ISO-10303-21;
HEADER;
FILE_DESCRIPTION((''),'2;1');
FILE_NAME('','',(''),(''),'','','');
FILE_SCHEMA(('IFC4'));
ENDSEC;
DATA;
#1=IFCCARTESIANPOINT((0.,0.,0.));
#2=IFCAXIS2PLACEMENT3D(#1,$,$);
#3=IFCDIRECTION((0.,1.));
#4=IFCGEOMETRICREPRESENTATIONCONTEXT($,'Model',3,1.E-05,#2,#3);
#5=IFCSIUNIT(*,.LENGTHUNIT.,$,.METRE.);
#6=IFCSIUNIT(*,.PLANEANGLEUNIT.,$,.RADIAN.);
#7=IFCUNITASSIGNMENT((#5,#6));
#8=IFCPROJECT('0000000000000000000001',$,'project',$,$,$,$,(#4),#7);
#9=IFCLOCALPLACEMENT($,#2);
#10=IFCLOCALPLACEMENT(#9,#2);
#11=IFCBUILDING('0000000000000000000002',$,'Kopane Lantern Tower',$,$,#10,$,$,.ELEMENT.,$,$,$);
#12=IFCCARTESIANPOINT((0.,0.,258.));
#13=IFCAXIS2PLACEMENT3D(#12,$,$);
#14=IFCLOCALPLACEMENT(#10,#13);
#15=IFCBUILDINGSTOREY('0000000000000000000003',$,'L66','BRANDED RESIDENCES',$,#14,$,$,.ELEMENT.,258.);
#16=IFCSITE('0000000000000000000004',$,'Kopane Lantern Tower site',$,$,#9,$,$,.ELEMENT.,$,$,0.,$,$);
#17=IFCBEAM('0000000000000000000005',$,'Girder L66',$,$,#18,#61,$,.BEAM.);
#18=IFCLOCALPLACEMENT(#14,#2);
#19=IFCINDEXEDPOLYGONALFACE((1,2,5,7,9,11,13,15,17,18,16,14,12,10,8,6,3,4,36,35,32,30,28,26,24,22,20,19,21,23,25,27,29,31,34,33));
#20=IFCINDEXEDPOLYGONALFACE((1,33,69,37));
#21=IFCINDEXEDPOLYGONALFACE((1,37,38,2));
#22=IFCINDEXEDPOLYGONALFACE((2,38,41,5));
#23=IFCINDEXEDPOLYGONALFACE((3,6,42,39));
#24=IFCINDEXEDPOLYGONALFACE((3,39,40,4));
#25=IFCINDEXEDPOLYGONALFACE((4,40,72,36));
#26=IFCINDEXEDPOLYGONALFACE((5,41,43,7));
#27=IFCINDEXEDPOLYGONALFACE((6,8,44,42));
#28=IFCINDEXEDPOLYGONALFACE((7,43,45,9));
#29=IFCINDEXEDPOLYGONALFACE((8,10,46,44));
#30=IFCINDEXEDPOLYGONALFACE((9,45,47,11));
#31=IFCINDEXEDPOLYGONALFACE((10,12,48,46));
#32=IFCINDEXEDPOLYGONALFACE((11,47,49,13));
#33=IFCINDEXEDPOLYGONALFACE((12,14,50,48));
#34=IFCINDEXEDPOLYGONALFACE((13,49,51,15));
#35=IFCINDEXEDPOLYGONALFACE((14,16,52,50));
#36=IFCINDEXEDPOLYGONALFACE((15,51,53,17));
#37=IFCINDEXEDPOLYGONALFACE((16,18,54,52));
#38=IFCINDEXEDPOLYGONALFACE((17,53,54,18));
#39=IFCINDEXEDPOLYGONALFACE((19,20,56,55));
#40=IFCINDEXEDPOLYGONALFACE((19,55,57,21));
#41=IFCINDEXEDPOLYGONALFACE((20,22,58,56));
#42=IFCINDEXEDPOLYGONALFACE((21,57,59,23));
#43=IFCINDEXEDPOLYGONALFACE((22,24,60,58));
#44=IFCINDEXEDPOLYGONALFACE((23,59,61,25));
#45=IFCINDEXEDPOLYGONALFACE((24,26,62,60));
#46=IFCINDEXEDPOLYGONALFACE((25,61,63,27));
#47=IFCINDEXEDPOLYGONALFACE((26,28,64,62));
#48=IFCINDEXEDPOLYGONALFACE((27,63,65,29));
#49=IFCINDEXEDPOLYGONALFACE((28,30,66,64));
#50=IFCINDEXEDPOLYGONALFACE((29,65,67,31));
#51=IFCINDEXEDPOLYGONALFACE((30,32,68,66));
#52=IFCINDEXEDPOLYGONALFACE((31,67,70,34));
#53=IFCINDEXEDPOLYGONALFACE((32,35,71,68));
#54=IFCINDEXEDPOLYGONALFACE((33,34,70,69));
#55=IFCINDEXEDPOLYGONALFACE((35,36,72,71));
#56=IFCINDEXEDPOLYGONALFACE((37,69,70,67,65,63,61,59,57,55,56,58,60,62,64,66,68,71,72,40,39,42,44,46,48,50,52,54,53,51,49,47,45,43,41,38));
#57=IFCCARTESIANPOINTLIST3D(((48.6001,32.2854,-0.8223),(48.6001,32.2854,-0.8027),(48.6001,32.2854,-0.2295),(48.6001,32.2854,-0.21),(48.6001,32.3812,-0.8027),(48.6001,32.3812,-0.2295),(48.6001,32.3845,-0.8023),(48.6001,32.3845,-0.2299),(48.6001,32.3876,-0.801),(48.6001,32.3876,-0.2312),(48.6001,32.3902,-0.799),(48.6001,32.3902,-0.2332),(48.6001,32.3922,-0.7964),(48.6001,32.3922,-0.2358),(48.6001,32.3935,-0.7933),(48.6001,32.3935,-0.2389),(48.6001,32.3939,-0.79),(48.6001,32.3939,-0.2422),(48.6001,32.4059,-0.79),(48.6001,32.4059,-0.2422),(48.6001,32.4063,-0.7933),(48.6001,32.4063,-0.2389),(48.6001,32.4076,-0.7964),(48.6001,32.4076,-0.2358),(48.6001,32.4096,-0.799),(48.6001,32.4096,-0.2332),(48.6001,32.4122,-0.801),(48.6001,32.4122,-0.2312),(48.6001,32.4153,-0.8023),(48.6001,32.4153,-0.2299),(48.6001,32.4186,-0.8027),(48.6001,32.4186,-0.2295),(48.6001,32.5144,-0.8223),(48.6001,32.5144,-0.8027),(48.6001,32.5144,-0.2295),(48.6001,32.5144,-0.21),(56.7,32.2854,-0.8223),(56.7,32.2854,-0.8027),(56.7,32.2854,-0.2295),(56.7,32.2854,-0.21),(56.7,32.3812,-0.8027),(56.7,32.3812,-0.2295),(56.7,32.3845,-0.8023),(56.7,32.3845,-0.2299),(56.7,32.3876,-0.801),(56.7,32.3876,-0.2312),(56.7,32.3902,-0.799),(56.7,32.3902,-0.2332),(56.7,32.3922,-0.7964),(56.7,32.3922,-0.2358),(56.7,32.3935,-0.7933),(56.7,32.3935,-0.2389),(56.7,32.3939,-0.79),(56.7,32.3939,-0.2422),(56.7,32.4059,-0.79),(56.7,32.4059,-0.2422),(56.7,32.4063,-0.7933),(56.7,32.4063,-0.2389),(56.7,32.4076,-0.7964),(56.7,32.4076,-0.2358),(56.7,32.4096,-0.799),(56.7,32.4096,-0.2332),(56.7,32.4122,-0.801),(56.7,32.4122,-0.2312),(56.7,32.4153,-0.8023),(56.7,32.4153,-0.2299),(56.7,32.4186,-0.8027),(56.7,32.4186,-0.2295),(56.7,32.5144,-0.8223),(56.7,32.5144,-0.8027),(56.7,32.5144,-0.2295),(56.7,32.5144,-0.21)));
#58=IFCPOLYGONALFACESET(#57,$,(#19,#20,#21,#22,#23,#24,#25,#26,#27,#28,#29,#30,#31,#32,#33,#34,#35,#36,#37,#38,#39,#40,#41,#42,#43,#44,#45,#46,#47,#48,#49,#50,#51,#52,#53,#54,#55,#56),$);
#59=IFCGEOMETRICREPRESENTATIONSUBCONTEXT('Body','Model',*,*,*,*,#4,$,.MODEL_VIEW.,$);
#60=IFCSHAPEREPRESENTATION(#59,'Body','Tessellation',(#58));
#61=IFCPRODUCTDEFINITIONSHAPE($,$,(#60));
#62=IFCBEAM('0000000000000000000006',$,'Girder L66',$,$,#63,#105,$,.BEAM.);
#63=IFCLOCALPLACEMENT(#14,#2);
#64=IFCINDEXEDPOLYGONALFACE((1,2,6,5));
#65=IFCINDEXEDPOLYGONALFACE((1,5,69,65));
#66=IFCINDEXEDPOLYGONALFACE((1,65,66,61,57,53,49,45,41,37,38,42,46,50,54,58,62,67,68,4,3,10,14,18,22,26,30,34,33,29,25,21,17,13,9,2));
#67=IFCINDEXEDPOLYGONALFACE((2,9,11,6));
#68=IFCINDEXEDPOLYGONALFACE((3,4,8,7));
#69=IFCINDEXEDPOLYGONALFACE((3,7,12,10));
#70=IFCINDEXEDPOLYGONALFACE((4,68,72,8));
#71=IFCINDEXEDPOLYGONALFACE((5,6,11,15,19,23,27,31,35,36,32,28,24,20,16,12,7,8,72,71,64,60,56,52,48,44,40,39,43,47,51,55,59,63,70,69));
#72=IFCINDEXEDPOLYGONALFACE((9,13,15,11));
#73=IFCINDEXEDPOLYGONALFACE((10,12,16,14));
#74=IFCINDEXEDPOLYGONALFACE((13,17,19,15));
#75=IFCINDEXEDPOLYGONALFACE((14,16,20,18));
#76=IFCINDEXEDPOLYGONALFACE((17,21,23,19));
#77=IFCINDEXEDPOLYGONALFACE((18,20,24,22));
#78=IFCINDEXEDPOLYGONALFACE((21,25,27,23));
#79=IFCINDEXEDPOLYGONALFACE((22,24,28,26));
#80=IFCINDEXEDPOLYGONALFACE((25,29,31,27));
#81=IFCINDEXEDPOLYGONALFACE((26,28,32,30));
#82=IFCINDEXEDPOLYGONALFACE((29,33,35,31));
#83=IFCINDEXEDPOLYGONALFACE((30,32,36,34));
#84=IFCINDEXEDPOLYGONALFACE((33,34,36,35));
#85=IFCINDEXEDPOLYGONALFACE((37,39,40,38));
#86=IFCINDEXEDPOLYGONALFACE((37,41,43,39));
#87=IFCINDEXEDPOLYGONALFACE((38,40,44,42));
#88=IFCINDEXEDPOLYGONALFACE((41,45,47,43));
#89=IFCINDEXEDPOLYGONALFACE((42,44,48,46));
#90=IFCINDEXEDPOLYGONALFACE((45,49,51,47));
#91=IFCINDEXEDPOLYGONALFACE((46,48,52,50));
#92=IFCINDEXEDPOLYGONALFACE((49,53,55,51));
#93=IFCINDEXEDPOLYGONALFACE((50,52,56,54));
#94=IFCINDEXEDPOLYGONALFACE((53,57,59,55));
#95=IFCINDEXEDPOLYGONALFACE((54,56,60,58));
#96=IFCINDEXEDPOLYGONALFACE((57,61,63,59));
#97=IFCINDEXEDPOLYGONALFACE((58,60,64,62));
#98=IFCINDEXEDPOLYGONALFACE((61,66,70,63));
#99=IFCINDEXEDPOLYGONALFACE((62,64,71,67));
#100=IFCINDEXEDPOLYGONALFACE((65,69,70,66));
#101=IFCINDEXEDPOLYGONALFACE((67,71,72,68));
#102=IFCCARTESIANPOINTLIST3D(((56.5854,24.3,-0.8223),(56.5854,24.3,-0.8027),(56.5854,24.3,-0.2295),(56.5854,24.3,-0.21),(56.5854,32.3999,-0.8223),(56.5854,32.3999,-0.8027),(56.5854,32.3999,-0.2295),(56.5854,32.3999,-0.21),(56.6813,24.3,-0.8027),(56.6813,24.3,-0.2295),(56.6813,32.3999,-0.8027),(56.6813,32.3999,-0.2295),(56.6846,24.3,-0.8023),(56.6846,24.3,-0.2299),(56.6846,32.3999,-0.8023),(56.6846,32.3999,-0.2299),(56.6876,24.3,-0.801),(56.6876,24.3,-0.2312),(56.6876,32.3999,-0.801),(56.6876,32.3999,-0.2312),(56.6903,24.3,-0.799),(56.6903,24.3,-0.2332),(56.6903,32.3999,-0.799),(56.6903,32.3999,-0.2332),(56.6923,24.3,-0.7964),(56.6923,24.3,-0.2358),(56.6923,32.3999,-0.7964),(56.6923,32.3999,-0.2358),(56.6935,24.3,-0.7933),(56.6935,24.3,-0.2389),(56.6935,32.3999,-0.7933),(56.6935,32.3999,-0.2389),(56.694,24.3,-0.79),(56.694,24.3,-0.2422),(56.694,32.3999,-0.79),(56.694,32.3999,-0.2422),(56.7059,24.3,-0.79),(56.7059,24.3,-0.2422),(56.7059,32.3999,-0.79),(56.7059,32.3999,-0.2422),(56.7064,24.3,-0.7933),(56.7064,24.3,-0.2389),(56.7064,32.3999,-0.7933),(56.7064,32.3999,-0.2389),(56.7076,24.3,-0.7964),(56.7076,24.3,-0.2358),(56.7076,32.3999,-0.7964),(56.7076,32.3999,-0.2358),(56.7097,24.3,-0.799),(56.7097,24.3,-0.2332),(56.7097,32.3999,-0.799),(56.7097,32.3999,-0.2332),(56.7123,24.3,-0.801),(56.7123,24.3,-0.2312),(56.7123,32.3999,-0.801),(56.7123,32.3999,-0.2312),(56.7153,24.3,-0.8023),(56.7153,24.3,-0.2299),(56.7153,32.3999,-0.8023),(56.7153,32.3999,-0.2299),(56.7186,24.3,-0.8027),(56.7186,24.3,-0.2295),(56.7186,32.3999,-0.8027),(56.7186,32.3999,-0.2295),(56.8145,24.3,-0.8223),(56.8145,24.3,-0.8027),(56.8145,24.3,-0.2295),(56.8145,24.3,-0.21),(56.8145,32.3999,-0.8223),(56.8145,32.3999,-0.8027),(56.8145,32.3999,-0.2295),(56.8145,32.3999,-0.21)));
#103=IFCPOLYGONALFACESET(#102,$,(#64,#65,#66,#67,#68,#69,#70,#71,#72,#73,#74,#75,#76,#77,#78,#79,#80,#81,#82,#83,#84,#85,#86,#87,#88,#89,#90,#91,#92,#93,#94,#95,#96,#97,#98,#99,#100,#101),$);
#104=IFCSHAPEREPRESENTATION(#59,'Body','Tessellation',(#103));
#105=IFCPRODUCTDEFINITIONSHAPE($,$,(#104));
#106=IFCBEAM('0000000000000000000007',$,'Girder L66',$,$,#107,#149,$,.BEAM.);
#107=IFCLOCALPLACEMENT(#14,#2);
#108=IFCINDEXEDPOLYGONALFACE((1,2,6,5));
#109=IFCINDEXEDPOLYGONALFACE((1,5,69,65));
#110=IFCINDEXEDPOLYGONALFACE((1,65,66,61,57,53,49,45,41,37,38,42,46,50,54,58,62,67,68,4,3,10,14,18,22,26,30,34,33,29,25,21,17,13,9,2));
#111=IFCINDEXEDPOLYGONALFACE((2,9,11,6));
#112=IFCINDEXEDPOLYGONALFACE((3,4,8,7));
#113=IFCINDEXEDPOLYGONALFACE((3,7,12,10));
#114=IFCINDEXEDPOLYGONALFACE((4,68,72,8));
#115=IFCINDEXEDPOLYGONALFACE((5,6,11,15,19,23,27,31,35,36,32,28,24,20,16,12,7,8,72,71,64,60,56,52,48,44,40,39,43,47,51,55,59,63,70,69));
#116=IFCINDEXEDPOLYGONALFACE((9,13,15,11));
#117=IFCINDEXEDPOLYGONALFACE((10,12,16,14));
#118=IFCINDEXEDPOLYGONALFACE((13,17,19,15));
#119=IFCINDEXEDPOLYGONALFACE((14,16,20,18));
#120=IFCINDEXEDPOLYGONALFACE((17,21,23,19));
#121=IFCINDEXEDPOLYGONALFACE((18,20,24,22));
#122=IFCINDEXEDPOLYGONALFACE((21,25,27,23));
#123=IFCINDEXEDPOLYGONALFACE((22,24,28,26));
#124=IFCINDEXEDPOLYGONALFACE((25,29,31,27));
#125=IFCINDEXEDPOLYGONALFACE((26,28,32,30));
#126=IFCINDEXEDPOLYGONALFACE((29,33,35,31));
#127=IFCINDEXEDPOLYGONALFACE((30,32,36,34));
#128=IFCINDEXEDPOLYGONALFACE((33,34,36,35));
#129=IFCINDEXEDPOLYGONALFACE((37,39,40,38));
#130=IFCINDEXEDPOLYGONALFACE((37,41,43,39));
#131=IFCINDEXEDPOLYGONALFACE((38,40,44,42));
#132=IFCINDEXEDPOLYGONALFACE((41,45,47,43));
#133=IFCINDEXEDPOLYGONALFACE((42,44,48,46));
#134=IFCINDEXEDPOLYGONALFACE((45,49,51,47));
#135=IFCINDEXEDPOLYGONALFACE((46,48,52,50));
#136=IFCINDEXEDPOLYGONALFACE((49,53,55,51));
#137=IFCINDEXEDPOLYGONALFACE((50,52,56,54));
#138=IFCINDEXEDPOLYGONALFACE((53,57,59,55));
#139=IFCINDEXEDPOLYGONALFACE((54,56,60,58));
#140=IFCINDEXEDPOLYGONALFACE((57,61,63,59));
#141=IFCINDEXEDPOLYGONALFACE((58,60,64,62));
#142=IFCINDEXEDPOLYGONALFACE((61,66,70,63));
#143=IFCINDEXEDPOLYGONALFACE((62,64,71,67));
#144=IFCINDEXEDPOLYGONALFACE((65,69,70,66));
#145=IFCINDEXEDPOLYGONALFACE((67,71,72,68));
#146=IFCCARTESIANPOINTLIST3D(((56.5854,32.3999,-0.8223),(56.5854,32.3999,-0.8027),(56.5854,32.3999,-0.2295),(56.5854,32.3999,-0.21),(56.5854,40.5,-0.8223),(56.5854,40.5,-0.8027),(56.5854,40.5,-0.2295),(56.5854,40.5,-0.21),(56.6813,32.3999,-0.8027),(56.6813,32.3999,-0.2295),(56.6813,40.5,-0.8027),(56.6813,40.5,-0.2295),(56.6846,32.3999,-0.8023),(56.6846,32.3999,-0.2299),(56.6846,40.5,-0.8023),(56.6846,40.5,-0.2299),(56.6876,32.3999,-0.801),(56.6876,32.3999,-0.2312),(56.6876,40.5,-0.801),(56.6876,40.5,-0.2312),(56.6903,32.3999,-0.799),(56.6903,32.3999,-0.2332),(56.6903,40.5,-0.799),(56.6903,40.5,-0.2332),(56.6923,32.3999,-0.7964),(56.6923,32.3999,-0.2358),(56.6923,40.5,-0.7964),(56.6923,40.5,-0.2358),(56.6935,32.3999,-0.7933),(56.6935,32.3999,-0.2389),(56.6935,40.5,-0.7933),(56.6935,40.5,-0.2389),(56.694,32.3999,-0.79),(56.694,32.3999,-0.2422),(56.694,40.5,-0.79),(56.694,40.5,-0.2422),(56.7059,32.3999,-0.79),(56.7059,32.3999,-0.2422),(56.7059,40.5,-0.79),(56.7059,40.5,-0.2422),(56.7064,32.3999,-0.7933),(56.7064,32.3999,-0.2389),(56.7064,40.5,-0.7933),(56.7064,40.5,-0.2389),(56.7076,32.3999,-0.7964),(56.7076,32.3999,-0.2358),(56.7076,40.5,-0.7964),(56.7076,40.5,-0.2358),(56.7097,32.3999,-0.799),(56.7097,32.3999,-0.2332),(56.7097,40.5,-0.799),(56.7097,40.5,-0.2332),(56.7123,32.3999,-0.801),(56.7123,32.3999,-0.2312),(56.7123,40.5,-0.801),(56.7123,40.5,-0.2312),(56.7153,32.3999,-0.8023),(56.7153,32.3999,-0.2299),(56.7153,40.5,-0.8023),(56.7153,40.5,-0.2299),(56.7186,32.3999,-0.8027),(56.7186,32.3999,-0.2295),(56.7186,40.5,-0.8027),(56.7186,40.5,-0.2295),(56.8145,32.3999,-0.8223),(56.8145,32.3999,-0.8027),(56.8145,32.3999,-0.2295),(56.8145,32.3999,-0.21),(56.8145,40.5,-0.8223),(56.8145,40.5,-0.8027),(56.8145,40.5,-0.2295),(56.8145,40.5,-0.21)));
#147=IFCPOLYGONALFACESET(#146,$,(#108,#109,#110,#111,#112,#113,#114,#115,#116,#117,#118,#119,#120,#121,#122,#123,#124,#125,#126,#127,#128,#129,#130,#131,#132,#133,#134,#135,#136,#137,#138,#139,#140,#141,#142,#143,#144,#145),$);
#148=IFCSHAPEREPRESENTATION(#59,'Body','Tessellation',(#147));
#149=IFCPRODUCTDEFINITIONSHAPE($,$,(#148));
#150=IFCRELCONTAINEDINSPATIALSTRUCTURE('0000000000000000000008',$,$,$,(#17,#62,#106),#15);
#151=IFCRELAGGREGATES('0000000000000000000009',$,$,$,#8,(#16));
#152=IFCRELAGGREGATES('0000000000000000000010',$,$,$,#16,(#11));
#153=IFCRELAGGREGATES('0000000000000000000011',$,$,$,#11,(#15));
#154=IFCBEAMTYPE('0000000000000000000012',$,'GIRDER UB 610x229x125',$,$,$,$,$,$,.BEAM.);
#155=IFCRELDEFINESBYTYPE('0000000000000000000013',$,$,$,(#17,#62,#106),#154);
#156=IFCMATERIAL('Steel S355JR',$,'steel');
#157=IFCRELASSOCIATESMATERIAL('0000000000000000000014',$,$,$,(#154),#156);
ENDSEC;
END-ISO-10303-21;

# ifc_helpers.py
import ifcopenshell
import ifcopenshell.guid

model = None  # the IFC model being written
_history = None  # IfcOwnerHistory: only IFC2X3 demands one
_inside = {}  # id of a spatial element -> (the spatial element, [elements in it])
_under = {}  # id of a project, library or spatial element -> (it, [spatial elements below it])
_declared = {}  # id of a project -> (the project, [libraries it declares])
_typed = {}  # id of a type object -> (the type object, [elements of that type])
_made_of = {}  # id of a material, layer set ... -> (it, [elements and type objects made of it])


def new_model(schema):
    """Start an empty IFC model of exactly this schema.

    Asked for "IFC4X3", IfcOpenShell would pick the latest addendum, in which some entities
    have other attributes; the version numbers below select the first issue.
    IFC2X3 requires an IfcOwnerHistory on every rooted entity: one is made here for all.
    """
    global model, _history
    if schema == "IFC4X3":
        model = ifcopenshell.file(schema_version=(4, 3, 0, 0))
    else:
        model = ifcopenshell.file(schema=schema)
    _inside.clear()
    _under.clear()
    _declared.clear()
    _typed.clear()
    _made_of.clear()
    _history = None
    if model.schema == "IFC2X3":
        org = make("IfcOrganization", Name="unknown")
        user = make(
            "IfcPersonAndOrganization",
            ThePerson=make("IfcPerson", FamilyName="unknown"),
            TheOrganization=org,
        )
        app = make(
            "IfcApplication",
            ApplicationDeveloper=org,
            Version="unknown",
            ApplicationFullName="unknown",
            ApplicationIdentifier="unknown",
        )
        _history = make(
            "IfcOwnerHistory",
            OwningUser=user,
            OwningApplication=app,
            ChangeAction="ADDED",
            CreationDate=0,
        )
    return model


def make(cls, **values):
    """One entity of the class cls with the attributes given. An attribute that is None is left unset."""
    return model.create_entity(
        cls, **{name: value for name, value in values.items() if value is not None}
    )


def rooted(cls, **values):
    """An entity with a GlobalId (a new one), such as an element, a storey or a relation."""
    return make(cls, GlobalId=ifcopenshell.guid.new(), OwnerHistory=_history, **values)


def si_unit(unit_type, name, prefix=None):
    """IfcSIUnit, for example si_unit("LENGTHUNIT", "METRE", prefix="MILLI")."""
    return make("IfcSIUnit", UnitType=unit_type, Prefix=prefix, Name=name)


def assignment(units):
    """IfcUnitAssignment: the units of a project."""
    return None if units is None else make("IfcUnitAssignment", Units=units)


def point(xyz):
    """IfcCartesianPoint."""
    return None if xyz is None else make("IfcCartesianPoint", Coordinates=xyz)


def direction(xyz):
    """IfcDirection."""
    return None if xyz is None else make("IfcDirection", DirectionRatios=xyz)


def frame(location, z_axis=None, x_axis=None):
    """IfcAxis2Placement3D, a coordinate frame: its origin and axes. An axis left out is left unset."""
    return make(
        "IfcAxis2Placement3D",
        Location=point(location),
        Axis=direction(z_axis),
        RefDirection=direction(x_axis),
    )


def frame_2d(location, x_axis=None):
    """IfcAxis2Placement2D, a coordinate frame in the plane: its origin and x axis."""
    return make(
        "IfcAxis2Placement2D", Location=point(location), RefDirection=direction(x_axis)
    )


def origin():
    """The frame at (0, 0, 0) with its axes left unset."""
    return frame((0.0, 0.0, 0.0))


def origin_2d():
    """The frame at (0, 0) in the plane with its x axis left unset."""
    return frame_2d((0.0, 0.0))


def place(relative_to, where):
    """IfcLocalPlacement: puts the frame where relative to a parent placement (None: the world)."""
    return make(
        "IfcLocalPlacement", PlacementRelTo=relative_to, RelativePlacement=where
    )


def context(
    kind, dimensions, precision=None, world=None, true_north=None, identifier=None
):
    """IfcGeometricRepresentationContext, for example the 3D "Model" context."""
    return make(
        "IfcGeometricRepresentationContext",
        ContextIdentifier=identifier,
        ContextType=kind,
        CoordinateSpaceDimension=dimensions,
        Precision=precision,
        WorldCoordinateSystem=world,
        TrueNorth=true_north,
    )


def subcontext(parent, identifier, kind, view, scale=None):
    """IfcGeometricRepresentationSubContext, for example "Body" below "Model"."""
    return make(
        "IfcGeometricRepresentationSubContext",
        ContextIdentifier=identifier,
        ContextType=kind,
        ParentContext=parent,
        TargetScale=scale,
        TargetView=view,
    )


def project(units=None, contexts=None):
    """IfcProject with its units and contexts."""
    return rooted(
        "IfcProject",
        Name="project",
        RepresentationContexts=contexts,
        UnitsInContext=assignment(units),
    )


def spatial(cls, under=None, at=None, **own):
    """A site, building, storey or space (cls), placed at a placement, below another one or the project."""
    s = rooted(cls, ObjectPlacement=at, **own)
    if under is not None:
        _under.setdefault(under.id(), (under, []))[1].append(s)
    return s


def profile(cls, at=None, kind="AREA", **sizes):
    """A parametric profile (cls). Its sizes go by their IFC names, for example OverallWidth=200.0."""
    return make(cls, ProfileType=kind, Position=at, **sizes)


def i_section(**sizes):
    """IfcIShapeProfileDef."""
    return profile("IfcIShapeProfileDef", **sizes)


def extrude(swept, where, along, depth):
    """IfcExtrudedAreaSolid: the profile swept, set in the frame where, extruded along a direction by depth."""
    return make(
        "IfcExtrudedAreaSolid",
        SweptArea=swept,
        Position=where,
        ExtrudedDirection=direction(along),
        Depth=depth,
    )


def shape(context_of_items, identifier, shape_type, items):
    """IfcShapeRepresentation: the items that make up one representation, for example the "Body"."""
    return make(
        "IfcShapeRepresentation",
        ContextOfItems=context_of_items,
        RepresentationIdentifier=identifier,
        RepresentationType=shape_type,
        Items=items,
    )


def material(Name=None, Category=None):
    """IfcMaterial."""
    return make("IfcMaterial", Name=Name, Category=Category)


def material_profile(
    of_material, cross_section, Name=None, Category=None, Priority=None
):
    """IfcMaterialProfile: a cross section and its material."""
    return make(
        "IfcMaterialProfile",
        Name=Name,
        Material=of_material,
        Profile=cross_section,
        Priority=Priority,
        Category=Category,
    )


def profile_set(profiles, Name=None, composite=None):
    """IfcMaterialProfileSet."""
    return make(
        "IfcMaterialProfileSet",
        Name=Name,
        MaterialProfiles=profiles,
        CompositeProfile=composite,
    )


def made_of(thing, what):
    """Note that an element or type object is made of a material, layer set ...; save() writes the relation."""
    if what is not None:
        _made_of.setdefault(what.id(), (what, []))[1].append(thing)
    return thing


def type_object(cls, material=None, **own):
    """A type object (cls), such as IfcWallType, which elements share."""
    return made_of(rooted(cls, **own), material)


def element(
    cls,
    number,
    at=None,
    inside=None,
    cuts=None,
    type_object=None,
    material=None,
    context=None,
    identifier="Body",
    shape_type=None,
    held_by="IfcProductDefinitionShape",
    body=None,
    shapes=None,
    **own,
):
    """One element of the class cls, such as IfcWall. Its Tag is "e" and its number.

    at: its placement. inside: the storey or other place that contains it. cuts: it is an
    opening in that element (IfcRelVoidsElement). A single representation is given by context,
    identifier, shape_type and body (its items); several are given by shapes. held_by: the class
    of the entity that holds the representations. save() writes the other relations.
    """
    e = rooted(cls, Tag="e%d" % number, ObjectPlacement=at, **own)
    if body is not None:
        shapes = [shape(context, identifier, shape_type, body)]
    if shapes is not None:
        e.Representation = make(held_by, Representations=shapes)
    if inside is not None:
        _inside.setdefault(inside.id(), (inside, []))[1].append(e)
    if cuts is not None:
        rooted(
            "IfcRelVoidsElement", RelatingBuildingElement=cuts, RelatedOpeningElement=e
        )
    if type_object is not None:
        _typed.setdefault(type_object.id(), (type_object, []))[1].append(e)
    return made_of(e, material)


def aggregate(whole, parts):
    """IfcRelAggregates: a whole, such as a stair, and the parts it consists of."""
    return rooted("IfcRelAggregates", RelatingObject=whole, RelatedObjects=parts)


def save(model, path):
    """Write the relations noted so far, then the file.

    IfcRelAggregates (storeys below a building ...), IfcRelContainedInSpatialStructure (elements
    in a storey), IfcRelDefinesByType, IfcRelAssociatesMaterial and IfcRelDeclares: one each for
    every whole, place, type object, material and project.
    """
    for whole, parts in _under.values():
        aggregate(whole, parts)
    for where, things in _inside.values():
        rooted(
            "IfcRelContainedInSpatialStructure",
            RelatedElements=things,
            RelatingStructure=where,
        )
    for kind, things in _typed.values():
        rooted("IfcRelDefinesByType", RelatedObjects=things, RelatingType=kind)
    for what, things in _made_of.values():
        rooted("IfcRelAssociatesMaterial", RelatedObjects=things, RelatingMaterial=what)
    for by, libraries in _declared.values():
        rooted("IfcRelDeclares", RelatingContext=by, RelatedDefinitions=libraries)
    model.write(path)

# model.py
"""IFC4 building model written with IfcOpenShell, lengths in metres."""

from ifc_helpers import new_model, si_unit, direction, frame, origin, origin_2d, place, context, subcontext, project, spatial, i_section, extrude, material, material_profile, profile_set, type_object, element, save


model = new_model("IFC4")

# Units and contexts
model_context = context("Model", 3, precision=1e-05, world=origin(), true_north=direction((0.0, 1.0)))
body_context = subcontext(model_context, "Body", "Model", "MODEL_VIEW")
ifc_project = project(units=[si_unit("LENGTHUNIT", "METRE"), si_unit("PLANEANGLEUNIT", "RADIAN")], contexts=[model_context])

# Site, building, storey
site_placement = place(None, origin())
site = spatial("IfcSite", under=ifc_project, at=site_placement, Name="Kopane Lantern Tower site", CompositionType="ELEMENT", RefElevation=0.0)
building_placement = place(site_placement, origin())
building = spatial("IfcBuilding", under=site, at=building_placement, Name="Kopane Lantern Tower", CompositionType="ELEMENT")
storey_placement = place(building_placement, frame((0.0, 0.0, 258.0)))
storey = spatial("IfcBuildingStorey", under=building, at=storey_placement, Name="L66", Description="BRANDED RESIDENCES", CompositionType="ELEMENT", Elevation=258.0)

# Beams
ifc_material_1 = material(Name="Steel S355JR", Category="steel")
ifc_material_profile_1 = material_profile(ifc_material_1, i_section(OverallWidth=0.229, OverallDepth=0.6123, WebThickness=0.012, FlangeThickness=0.0195, FilletRadius=0.0127, at=origin_2d()), Name="UB 610x229x125")
ifc_profile_set_1 = profile_set([ifc_material_profile_1], Name="Steel S355JR")
beam_type = type_object("IfcBeamType", Name="GIRDER UB 610x229x125", PredefinedType="BEAM", material=ifc_profile_set_1)
for number, where, z_axis, x_axis, name in (
    (1, (48.6001, 32.3999, -0.5161), (1.0, 0.0, 0.0), (0.0, 1.0, 0.0), "Girder L66"),
    (2, (56.7, 24.3, -0.5161), (0.0, 1.0, 0.0), (-1.0, 0.0, 0.0), "Girder L66"),
):
    element("IfcBeam", number, at=place(storey_placement, frame(where, z_axis=z_axis, x_axis=x_axis)), inside=storey, type_object=beam_type, Name=name, PredefinedType="BEAM", context=body_context, shape_type="SweptSolid", body=[
        extrude(i_section(OverallWidth=0.229, OverallDepth=0.6123, WebThickness=0.012, FlangeThickness=0.0195, FilletRadius=0.0127, at=origin_2d()), origin(), (0.0, 0.0, 1.0), 8.0999),
    ])
beam_1_placement = place(storey_placement, frame((56.7, 32.3999, -0.5161), z_axis=(0.0, 1.0, 0.0), x_axis=(-1.0, 0.0, 0.0)))
element("IfcBeam", 3, at=beam_1_placement, inside=storey, type_object=beam_type, Name="Girder L66", PredefinedType="BEAM", context=body_context, shape_type="SweptSolid", body=[
    extrude(i_section(OverallWidth=0.229, OverallDepth=0.6123, WebThickness=0.012, FlangeThickness=0.0195, FilletRadius=0.0127, at=origin_2d()), origin(), (0.0, 0.0, 1.0), 8.1001),
])

save(model, "model.ifc")
